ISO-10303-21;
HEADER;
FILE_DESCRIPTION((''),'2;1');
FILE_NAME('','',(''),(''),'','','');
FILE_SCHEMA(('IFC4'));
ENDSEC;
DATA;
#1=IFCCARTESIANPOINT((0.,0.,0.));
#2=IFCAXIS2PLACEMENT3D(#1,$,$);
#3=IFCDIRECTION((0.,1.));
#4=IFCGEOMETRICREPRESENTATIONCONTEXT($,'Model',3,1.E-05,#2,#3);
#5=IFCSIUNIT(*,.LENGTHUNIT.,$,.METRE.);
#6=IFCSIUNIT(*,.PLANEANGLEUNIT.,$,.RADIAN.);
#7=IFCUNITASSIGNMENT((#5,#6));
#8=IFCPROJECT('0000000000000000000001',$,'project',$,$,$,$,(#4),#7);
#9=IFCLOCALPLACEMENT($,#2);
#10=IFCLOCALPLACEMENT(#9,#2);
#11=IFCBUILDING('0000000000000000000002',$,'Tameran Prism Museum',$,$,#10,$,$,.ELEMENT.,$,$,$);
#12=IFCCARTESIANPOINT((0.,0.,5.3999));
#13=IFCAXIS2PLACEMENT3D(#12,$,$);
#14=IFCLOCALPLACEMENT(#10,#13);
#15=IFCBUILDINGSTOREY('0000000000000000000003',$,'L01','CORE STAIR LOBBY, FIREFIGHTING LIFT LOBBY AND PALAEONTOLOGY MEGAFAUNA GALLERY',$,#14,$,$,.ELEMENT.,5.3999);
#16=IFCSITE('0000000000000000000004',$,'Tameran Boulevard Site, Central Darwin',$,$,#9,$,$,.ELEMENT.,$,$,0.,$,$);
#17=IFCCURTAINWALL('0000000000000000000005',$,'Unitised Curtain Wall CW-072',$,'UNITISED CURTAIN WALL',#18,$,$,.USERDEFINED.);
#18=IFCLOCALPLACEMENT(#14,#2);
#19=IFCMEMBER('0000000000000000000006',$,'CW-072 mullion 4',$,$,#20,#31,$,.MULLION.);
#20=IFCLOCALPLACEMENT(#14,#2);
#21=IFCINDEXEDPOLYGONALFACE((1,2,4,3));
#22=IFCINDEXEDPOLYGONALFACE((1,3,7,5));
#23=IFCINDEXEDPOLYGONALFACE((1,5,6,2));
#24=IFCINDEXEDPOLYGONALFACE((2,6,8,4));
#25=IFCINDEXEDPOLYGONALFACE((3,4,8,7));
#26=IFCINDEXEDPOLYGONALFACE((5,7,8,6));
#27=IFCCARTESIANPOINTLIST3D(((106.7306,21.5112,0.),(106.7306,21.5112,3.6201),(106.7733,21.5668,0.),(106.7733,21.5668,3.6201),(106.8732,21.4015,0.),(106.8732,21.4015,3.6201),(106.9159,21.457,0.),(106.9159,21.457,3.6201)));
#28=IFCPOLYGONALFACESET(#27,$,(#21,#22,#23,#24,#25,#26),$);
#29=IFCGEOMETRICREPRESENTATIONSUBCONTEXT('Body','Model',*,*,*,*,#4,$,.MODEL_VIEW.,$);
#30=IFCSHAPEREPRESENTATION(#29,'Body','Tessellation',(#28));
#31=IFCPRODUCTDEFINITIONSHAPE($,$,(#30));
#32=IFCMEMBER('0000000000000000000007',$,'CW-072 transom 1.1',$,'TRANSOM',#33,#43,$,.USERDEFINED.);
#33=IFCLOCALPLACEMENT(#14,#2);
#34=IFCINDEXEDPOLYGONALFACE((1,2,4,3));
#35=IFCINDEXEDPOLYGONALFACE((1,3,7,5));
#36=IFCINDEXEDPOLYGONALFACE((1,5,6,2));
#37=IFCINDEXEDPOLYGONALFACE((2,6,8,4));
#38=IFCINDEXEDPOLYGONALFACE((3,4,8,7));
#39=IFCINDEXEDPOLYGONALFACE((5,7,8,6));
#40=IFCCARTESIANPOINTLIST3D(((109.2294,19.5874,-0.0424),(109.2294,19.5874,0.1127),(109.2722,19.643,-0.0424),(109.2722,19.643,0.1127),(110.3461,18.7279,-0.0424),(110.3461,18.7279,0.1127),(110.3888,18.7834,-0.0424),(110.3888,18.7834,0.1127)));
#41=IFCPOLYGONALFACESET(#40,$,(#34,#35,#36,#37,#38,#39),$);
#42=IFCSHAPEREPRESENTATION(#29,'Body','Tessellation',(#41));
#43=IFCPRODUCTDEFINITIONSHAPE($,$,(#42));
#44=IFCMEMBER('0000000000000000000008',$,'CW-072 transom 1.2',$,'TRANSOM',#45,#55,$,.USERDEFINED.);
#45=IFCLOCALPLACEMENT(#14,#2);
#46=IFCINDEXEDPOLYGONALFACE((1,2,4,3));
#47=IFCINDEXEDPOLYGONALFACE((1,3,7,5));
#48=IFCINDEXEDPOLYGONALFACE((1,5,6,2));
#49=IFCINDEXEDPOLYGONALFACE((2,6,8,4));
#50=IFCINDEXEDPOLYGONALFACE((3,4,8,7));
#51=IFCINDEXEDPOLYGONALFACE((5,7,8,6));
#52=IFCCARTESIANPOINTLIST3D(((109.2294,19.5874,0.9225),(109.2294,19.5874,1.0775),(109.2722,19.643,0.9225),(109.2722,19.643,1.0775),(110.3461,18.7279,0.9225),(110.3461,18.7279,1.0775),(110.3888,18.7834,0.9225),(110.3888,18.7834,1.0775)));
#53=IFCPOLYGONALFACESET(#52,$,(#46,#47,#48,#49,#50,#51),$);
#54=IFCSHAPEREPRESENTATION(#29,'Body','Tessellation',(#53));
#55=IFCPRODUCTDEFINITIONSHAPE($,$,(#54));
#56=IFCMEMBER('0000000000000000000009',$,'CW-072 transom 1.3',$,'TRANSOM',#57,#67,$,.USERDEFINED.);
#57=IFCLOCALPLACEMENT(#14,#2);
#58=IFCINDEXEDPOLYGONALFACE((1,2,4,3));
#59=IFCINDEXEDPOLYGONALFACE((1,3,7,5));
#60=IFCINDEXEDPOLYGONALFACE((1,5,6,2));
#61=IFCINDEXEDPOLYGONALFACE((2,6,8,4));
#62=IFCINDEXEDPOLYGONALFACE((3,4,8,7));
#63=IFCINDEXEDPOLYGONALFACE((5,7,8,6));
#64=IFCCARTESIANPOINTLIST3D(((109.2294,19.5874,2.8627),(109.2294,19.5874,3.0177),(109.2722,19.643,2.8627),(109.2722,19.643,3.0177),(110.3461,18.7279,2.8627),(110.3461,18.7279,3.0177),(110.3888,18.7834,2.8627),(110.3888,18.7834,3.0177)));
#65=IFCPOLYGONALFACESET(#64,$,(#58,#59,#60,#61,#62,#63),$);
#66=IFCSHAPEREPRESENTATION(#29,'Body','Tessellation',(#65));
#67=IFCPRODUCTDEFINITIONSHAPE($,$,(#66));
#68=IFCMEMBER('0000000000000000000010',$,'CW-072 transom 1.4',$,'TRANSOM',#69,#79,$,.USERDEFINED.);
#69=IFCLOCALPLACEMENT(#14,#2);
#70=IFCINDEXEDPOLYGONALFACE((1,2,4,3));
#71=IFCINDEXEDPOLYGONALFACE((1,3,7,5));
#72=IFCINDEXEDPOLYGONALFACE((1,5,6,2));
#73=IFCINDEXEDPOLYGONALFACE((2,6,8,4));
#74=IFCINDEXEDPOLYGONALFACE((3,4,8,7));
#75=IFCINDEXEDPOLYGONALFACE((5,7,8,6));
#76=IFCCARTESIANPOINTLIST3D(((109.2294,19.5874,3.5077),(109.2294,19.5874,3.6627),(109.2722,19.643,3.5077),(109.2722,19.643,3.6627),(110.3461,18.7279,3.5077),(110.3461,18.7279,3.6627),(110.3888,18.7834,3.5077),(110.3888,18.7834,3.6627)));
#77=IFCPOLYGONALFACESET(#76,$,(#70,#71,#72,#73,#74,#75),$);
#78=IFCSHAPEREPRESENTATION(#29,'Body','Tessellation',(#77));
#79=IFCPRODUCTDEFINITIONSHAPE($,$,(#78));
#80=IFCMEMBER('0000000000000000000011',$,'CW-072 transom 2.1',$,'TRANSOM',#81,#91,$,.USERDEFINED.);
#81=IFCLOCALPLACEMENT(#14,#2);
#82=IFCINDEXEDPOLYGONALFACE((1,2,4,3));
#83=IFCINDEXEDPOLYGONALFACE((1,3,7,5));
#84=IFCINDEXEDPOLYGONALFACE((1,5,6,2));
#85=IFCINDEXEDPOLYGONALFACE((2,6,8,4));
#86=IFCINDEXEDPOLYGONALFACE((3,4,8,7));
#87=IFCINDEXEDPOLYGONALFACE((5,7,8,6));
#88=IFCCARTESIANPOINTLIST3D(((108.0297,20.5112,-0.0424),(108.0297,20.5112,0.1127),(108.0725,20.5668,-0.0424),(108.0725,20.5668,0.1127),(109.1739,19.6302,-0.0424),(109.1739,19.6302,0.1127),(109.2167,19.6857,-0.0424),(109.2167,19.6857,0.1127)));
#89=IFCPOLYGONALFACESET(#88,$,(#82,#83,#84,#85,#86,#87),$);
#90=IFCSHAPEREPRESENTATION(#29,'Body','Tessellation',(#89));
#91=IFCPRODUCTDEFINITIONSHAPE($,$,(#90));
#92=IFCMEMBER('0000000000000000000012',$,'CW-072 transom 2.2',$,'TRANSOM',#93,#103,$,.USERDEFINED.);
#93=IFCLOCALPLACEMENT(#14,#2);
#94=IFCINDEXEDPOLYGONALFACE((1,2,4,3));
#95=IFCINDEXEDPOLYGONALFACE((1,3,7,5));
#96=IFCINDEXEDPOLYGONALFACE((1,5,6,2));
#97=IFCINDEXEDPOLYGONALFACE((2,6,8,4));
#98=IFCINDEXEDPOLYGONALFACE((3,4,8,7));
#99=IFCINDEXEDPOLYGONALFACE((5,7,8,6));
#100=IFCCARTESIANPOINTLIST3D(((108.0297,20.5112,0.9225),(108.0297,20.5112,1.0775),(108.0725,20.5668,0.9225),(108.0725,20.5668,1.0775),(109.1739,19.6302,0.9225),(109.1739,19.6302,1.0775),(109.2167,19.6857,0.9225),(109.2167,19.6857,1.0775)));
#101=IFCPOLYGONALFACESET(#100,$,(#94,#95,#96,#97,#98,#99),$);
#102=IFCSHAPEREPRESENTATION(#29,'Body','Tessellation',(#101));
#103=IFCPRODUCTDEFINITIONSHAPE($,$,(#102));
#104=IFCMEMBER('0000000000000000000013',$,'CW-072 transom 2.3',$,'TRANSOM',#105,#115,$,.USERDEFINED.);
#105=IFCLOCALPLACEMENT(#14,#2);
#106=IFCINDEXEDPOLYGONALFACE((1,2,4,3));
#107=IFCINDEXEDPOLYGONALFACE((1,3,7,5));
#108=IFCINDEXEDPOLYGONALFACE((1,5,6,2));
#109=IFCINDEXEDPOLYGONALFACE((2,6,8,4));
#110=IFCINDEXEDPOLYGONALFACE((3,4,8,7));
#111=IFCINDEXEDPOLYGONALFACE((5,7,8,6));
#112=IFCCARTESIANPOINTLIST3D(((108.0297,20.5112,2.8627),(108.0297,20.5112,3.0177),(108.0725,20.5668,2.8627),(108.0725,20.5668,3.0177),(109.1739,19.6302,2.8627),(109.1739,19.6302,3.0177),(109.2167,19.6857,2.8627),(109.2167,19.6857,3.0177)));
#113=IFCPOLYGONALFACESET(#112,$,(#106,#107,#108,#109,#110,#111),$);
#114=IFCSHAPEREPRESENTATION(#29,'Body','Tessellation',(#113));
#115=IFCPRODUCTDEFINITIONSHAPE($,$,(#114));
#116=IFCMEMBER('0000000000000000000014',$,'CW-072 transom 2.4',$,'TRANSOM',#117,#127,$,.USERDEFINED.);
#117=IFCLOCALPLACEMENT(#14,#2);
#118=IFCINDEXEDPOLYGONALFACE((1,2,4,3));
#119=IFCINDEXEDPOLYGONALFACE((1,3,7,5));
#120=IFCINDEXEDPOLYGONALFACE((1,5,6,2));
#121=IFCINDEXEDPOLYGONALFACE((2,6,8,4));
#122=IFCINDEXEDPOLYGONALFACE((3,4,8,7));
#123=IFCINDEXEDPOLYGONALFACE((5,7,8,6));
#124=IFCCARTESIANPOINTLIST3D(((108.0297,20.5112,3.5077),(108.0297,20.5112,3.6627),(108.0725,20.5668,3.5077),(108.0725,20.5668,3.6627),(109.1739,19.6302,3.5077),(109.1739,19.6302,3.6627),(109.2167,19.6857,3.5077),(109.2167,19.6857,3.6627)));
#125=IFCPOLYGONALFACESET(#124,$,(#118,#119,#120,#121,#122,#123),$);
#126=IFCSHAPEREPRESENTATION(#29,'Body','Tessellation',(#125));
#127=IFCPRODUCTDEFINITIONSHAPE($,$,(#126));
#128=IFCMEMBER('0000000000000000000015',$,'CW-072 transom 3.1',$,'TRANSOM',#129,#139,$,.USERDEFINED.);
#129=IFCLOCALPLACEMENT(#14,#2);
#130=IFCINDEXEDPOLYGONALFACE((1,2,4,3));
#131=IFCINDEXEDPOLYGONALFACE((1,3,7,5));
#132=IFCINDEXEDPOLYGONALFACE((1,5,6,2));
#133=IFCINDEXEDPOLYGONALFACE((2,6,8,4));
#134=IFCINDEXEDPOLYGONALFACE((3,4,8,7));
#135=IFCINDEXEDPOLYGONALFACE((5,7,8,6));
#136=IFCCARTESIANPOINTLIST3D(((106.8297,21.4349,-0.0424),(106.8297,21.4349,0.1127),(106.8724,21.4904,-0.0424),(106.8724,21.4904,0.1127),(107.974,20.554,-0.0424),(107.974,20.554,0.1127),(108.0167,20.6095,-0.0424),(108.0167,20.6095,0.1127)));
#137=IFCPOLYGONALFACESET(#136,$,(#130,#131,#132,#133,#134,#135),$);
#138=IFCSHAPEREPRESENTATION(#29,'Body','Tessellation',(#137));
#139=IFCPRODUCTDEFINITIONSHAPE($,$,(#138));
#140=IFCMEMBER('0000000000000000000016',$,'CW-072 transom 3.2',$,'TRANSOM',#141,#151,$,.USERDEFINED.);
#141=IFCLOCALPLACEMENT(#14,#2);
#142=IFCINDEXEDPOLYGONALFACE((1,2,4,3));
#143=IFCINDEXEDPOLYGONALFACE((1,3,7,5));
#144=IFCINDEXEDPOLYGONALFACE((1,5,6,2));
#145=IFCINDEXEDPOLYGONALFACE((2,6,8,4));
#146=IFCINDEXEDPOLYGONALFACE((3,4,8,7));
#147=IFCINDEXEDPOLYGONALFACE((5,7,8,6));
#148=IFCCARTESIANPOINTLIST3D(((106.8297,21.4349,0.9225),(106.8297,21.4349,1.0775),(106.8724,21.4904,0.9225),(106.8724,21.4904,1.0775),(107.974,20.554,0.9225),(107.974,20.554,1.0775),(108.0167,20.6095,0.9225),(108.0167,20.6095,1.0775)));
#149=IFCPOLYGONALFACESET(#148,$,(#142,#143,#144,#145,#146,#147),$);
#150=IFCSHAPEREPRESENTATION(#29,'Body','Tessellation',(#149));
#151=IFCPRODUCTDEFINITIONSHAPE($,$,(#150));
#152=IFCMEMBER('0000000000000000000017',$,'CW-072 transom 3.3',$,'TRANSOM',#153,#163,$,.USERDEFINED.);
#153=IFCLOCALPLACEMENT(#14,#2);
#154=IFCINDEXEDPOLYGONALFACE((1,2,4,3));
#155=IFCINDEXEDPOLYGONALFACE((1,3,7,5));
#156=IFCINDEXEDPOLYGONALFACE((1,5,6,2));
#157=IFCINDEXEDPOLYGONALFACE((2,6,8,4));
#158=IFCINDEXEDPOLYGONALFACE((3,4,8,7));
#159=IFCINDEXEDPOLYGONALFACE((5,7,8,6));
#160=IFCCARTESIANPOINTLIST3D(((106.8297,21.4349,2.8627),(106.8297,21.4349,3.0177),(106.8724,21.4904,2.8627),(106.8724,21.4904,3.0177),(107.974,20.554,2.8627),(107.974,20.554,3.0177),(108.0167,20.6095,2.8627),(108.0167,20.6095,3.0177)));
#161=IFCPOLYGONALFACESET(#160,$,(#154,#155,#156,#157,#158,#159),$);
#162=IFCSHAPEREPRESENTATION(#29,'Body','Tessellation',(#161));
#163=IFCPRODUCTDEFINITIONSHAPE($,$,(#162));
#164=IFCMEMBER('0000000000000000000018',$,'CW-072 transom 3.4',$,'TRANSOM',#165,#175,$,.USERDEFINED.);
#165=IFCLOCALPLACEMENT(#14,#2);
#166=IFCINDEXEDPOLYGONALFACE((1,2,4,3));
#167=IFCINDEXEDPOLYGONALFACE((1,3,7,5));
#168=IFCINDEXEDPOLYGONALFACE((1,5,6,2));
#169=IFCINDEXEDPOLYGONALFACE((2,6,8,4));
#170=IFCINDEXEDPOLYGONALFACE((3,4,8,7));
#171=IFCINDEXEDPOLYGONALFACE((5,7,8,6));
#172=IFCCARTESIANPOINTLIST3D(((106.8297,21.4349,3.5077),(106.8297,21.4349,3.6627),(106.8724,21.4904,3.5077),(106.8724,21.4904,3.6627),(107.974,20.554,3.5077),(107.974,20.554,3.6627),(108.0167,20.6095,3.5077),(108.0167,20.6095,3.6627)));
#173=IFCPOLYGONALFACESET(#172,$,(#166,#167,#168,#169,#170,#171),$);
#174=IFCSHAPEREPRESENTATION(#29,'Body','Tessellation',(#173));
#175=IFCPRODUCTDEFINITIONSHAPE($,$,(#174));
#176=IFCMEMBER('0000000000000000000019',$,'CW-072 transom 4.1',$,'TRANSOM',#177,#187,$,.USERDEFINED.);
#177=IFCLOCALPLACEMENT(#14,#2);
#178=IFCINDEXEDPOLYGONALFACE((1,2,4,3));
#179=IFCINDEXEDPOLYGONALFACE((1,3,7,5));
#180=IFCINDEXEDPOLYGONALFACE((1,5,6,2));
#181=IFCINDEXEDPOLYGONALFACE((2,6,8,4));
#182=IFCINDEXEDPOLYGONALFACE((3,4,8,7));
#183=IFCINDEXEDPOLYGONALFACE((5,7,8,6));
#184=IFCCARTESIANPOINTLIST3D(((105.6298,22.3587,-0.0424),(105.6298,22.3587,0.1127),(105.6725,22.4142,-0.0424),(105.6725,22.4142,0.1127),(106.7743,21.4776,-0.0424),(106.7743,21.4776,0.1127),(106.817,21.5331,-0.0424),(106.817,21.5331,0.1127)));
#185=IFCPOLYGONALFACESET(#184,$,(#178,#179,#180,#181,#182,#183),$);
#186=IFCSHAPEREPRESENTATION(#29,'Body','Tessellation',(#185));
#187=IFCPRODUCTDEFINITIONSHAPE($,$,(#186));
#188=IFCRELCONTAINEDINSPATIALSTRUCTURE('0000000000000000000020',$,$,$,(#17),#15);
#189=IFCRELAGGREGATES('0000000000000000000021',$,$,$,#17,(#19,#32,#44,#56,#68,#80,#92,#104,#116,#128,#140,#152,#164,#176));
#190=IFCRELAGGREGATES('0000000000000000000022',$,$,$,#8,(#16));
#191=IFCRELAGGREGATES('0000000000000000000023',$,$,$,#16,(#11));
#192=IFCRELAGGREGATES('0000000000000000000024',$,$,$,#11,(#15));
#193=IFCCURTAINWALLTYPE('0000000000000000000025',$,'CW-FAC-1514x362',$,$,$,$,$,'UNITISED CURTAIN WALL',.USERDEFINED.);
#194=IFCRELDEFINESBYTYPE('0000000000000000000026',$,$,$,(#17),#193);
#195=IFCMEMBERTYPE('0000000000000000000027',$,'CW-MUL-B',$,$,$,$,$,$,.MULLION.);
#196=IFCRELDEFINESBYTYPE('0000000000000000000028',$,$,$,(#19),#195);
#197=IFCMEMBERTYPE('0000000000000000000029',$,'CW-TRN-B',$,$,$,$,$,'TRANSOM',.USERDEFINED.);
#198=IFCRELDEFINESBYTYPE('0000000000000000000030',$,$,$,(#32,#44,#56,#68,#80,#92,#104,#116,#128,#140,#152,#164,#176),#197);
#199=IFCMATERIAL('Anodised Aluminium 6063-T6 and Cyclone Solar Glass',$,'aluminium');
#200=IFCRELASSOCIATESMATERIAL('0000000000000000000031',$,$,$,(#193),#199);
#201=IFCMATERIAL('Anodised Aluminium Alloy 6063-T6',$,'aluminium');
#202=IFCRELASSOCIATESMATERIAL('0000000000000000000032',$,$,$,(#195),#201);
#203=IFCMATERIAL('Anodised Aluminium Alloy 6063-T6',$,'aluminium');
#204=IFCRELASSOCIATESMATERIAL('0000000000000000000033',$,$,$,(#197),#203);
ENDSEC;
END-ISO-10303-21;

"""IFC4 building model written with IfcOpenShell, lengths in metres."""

from ifc_helpers import new_model, si_unit, direction, frame, origin, origin_2d, place, context, subcontext, project, spatial, rectangle, extrude, material, material_profile, profile_set, type_object, element, aggregate, save


model = new_model("IFC4")

# Units and contexts
model_context = context("Model", 3, precision=1e-05, world=origin(), true_north=direction((0.0, 1.0)))
body_context = subcontext(model_context, "Body", "Model", "MODEL_VIEW")
ifc_project = project(units=[si_unit("LENGTHUNIT", "METRE"), si_unit("PLANEANGLEUNIT", "RADIAN")], contexts=[model_context])

# Site, building, storey
site_placement = place(None, origin())
site = spatial("IfcSite", under=ifc_project, at=site_placement, Name="Tameran Boulevard Site, Central Darwin", CompositionType="ELEMENT", RefElevation=0.0)
building_placement = place(site_placement, origin())
building = spatial("IfcBuilding", under=site, at=building_placement, Name="Tameran Prism Museum", CompositionType="ELEMENT")
storey_placement = place(building_placement, frame((0.0, 0.0, 5.3999)))
storey = spatial("IfcBuildingStorey", under=building, at=storey_placement, Name="L01", Description="CORE STAIR LOBBY, FIREFIGHTING LIFT LOBBY AND PALAEONTOLOGY MEGAFAUNA GALLERY", CompositionType="ELEMENT", Elevation=5.3999)

# Curtain wall, members
ifc_material_1 = material(Name="Anodised Aluminium 6063-T6 and Cyclone Solar Glass", Category="aluminium")
curtain_wall_type = type_object("IfcCurtainWallType", Name="CW-FAC-1514x362", ElementType="UNITISED CURTAIN WALL", PredefinedType="USERDEFINED", material=ifc_material_1)
curtain_wall_placement = place(storey_placement, origin())
curtain_wall = element("IfcCurtainWall", 1, at=curtain_wall_placement, inside=storey, type_object=curtain_wall_type, Name="Unitised Curtain Wall CW-072", ObjectType="UNITISED CURTAIN WALL", PredefinedType="USERDEFINED")
ifc_material_2 = material(Name="Anodised Aluminium Alloy 6063-T6", Category="aluminium")
ifc_material_profile_1 = material_profile(ifc_material_2, rectangle(XDim=0.0701, YDim=0.1799, at=origin_2d()))
ifc_profile_set_1 = profile_set([ifc_material_profile_1])
member_type_1 = type_object("IfcMemberType", Name="CW-MUL-B", PredefinedType="MULLION", material=ifc_profile_set_1)
member_1_placement = place(storey_placement, frame((106.8232, 21.4841, 0.0), z_axis=(0.0, 0.0, 1.0), x_axis=(-0.610001, -0.792401, 0.0)))
member_1 = element("IfcMember", 2, at=member_1_placement, type_object=member_type_1, Name="CW-072 mullion 4", PredefinedType="MULLION", context=body_context, shape_type="SweptSolid", body=[
    extrude(rectangle(XDim=0.0701, YDim=0.1799, at=origin_2d()), origin(), (0.0, 0.0, 1.0), 3.6201),
])
ifc_material_3 = material(Name="Anodised Aluminium Alloy 6063-T6", Category="aluminium")
ifc_material_profile_2 = material_profile(ifc_material_3, rectangle(XDim=0.0701, YDim=0.155, at=origin_2d()))
ifc_profile_set_2 = profile_set([ifc_material_profile_2])
member_type_2 = type_object("IfcMemberType", Name="CW-TRN-B", ElementType="TRANSOM", PredefinedType="USERDEFINED", material=ifc_profile_set_2)
member_2_placement = place(storey_placement, frame((110.3674, 18.7556, 0.0352), z_axis=(-0.792411, 0.609987, 0.0), x_axis=(-0.609987, -0.792411, 0.0)))
member_2 = element("IfcMember", 3, at=member_2_placement, type_object=member_type_2, Name="CW-072 transom 1.1", ObjectType="TRANSOM", PredefinedType="USERDEFINED", context=body_context, shape_type="SweptSolid", body=[
    extrude(rectangle(XDim=0.0701, YDim=0.155, at=origin_2d()), origin(), (0.0, 0.0, 1.0), 1.4092),
])
member_3_placement = place(storey_placement, frame((110.3674, 18.7556, 1.0), z_axis=(-0.792411, 0.609987, 0.0), x_axis=(-0.609987, -0.792411, 0.0)))
member_3 = element("IfcMember", 4, at=member_3_placement, type_object=member_type_2, Name="CW-072 transom 1.2", ObjectType="TRANSOM", PredefinedType="USERDEFINED", context=body_context, shape_type="SweptSolid", body=[
    extrude(rectangle(XDim=0.0701, YDim=0.155, at=origin_2d()), origin(), (0.0, 0.0, 1.0), 1.4092),
])
member_4_placement = place(storey_placement, frame((110.3674, 18.7556, 2.9402), z_axis=(-0.792411, 0.609987, 0.0), x_axis=(-0.609987, -0.792411, 0.0)))
member_4 = element("IfcMember", 5, at=member_4_placement, type_object=member_type_2, Name="CW-072 transom 1.3", ObjectType="TRANSOM", PredefinedType="USERDEFINED", context=body_context, shape_type="SweptSolid", body=[
    extrude(rectangle(XDim=0.0701, YDim=0.155, at=origin_2d()), origin(), (0.0, 0.0, 1.0), 1.4092),
])
member_5_placement = place(storey_placement, frame((110.3674, 18.7556, 3.5852), z_axis=(-0.792411, 0.609987, 0.0), x_axis=(-0.609987, -0.792411, 0.0)))
member_5 = element("IfcMember", 6, at=member_5_placement, type_object=member_type_2, Name="CW-072 transom 1.4", ObjectType="TRANSOM", PredefinedType="USERDEFINED", context=body_context, shape_type="SweptSolid", body=[
    extrude(rectangle(XDim=0.0701, YDim=0.155, at=origin_2d()), origin(), (0.0, 0.0, 1.0), 1.4092),
])
member_6_placement = place(storey_placement, frame((109.1953, 19.658, 0.0352), z_axis=(-0.792329, 0.610095, 0.0), x_axis=(-0.610095, -0.792329, 0.0)))
member_6 = element("IfcMember", 7, at=member_6_placement, type_object=member_type_2, Name="CW-072 transom 2.1", ObjectType="TRANSOM", PredefinedType="USERDEFINED", context=body_context, shape_type="SweptSolid", body=[
    extrude(rectangle(XDim=0.0701, YDim=0.155, at=origin_2d()), origin(), (0.0, 0.0, 1.0), 1.4441),
])
member_7_placement = place(storey_placement, frame((109.1953, 19.658, 1.0), z_axis=(-0.792329, 0.610095, 0.0), x_axis=(-0.610095, -0.792329, 0.0)))
member_7 = element("IfcMember", 8, at=member_7_placement, type_object=member_type_2, Name="CW-072 transom 2.2", ObjectType="TRANSOM", PredefinedType="USERDEFINED", context=body_context, shape_type="SweptSolid", body=[
    extrude(rectangle(XDim=0.0701, YDim=0.155, at=origin_2d()), origin(), (0.0, 0.0, 1.0), 1.4441),
])
member_8_placement = place(storey_placement, frame((109.1953, 19.658, 2.9402), z_axis=(-0.792329, 0.610095, 0.0), x_axis=(-0.610095, -0.792329, 0.0)))
member_8 = element("IfcMember", 9, at=member_8_placement, type_object=member_type_2, Name="CW-072 transom 2.3", ObjectType="TRANSOM", PredefinedType="USERDEFINED", context=body_context, shape_type="SweptSolid", body=[
    extrude(rectangle(XDim=0.0701, YDim=0.155, at=origin_2d()), origin(), (0.0, 0.0, 1.0), 1.4441),
])
member_9_placement = place(storey_placement, frame((109.1953, 19.658, 3.5852), z_axis=(-0.792329, 0.610095, 0.0), x_axis=(-0.610095, -0.792329, 0.0)))
member_9 = element("IfcMember", 10, at=member_9_placement, type_object=member_type_2, Name="CW-072 transom 2.4", ObjectType="TRANSOM", PredefinedType="USERDEFINED", context=body_context, shape_type="SweptSolid", body=[
    extrude(rectangle(XDim=0.0701, YDim=0.155, at=origin_2d()), origin(), (0.0, 0.0, 1.0), 1.4441),
])
member_10_placement = place(storey_placement, frame((107.9954, 20.5818, 0.0352), z_axis=(-0.79241, 0.609989, 0.0), x_axis=(-0.609989, -0.79241, 0.0)))
member_10 = element("IfcMember", 11, at=member_10_placement, type_object=member_type_2, Name="CW-072 transom 3.1", ObjectType="TRANSOM", PredefinedType="USERDEFINED", context=body_context, shape_type="SweptSolid", body=[
    extrude(rectangle(XDim=0.0701, YDim=0.155, at=origin_2d()), origin(), (0.0, 0.0, 1.0), 1.4441),
])
member_11_placement = place(storey_placement, frame((107.9954, 20.5818, 1.0), z_axis=(-0.79241, 0.609989, 0.0), x_axis=(-0.609989, -0.79241, 0.0)))
member_11 = element("IfcMember", 12, at=member_11_placement, type_object=member_type_2, Name="CW-072 transom 3.2", ObjectType="TRANSOM", PredefinedType="USERDEFINED", context=body_context, shape_type="SweptSolid", body=[
    extrude(rectangle(XDim=0.0701, YDim=0.155, at=origin_2d()), origin(), (0.0, 0.0, 1.0), 1.4441),
])
member_12_placement = place(storey_placement, frame((107.9954, 20.5818, 2.9402), z_axis=(-0.79241, 0.609989, 0.0), x_axis=(-0.609989, -0.79241, 0.0)))
member_12 = element("IfcMember", 13, at=member_12_placement, type_object=member_type_2, Name="CW-072 transom 3.3", ObjectType="TRANSOM", PredefinedType="USERDEFINED", context=body_context, shape_type="SweptSolid", body=[
    extrude(rectangle(XDim=0.0701, YDim=0.155, at=origin_2d()), origin(), (0.0, 0.0, 1.0), 1.4441),
])
member_13_placement = place(storey_placement, frame((107.9954, 20.5818, 3.5852), z_axis=(-0.79241, 0.609989, 0.0), x_axis=(-0.609989, -0.79241, 0.0)))
member_13 = element("IfcMember", 14, at=member_13_placement, type_object=member_type_2, Name="CW-072 transom 3.4", ObjectType="TRANSOM", PredefinedType="USERDEFINED", context=body_context, shape_type="SweptSolid", body=[
    extrude(rectangle(XDim=0.0701, YDim=0.155, at=origin_2d()), origin(), (0.0, 0.0, 1.0), 1.4441),
])
member_14_placement = place(storey_placement, frame((106.7957, 21.5054, 0.0352), z_axis=(-0.792391, 0.610013, 0.0), x_axis=(-0.610013, -0.792391, 0.0)))
member_14 = element("IfcMember", 15, at=member_14_placement, type_object=member_type_2, Name="CW-072 transom 4.1", ObjectType="TRANSOM", PredefinedType="USERDEFINED", context=body_context, shape_type="SweptSolid", body=[
    extrude(rectangle(XDim=0.0701, YDim=0.155, at=origin_2d()), origin(), (0.0, 0.0, 1.0), 1.4443),
])
aggregate(curtain_wall, [member_1, member_2, member_3, member_4, member_5, member_6, member_7, member_8, member_9, member_10, member_11, member_12, member_13, member_14])

save(model, "model.ifc")
